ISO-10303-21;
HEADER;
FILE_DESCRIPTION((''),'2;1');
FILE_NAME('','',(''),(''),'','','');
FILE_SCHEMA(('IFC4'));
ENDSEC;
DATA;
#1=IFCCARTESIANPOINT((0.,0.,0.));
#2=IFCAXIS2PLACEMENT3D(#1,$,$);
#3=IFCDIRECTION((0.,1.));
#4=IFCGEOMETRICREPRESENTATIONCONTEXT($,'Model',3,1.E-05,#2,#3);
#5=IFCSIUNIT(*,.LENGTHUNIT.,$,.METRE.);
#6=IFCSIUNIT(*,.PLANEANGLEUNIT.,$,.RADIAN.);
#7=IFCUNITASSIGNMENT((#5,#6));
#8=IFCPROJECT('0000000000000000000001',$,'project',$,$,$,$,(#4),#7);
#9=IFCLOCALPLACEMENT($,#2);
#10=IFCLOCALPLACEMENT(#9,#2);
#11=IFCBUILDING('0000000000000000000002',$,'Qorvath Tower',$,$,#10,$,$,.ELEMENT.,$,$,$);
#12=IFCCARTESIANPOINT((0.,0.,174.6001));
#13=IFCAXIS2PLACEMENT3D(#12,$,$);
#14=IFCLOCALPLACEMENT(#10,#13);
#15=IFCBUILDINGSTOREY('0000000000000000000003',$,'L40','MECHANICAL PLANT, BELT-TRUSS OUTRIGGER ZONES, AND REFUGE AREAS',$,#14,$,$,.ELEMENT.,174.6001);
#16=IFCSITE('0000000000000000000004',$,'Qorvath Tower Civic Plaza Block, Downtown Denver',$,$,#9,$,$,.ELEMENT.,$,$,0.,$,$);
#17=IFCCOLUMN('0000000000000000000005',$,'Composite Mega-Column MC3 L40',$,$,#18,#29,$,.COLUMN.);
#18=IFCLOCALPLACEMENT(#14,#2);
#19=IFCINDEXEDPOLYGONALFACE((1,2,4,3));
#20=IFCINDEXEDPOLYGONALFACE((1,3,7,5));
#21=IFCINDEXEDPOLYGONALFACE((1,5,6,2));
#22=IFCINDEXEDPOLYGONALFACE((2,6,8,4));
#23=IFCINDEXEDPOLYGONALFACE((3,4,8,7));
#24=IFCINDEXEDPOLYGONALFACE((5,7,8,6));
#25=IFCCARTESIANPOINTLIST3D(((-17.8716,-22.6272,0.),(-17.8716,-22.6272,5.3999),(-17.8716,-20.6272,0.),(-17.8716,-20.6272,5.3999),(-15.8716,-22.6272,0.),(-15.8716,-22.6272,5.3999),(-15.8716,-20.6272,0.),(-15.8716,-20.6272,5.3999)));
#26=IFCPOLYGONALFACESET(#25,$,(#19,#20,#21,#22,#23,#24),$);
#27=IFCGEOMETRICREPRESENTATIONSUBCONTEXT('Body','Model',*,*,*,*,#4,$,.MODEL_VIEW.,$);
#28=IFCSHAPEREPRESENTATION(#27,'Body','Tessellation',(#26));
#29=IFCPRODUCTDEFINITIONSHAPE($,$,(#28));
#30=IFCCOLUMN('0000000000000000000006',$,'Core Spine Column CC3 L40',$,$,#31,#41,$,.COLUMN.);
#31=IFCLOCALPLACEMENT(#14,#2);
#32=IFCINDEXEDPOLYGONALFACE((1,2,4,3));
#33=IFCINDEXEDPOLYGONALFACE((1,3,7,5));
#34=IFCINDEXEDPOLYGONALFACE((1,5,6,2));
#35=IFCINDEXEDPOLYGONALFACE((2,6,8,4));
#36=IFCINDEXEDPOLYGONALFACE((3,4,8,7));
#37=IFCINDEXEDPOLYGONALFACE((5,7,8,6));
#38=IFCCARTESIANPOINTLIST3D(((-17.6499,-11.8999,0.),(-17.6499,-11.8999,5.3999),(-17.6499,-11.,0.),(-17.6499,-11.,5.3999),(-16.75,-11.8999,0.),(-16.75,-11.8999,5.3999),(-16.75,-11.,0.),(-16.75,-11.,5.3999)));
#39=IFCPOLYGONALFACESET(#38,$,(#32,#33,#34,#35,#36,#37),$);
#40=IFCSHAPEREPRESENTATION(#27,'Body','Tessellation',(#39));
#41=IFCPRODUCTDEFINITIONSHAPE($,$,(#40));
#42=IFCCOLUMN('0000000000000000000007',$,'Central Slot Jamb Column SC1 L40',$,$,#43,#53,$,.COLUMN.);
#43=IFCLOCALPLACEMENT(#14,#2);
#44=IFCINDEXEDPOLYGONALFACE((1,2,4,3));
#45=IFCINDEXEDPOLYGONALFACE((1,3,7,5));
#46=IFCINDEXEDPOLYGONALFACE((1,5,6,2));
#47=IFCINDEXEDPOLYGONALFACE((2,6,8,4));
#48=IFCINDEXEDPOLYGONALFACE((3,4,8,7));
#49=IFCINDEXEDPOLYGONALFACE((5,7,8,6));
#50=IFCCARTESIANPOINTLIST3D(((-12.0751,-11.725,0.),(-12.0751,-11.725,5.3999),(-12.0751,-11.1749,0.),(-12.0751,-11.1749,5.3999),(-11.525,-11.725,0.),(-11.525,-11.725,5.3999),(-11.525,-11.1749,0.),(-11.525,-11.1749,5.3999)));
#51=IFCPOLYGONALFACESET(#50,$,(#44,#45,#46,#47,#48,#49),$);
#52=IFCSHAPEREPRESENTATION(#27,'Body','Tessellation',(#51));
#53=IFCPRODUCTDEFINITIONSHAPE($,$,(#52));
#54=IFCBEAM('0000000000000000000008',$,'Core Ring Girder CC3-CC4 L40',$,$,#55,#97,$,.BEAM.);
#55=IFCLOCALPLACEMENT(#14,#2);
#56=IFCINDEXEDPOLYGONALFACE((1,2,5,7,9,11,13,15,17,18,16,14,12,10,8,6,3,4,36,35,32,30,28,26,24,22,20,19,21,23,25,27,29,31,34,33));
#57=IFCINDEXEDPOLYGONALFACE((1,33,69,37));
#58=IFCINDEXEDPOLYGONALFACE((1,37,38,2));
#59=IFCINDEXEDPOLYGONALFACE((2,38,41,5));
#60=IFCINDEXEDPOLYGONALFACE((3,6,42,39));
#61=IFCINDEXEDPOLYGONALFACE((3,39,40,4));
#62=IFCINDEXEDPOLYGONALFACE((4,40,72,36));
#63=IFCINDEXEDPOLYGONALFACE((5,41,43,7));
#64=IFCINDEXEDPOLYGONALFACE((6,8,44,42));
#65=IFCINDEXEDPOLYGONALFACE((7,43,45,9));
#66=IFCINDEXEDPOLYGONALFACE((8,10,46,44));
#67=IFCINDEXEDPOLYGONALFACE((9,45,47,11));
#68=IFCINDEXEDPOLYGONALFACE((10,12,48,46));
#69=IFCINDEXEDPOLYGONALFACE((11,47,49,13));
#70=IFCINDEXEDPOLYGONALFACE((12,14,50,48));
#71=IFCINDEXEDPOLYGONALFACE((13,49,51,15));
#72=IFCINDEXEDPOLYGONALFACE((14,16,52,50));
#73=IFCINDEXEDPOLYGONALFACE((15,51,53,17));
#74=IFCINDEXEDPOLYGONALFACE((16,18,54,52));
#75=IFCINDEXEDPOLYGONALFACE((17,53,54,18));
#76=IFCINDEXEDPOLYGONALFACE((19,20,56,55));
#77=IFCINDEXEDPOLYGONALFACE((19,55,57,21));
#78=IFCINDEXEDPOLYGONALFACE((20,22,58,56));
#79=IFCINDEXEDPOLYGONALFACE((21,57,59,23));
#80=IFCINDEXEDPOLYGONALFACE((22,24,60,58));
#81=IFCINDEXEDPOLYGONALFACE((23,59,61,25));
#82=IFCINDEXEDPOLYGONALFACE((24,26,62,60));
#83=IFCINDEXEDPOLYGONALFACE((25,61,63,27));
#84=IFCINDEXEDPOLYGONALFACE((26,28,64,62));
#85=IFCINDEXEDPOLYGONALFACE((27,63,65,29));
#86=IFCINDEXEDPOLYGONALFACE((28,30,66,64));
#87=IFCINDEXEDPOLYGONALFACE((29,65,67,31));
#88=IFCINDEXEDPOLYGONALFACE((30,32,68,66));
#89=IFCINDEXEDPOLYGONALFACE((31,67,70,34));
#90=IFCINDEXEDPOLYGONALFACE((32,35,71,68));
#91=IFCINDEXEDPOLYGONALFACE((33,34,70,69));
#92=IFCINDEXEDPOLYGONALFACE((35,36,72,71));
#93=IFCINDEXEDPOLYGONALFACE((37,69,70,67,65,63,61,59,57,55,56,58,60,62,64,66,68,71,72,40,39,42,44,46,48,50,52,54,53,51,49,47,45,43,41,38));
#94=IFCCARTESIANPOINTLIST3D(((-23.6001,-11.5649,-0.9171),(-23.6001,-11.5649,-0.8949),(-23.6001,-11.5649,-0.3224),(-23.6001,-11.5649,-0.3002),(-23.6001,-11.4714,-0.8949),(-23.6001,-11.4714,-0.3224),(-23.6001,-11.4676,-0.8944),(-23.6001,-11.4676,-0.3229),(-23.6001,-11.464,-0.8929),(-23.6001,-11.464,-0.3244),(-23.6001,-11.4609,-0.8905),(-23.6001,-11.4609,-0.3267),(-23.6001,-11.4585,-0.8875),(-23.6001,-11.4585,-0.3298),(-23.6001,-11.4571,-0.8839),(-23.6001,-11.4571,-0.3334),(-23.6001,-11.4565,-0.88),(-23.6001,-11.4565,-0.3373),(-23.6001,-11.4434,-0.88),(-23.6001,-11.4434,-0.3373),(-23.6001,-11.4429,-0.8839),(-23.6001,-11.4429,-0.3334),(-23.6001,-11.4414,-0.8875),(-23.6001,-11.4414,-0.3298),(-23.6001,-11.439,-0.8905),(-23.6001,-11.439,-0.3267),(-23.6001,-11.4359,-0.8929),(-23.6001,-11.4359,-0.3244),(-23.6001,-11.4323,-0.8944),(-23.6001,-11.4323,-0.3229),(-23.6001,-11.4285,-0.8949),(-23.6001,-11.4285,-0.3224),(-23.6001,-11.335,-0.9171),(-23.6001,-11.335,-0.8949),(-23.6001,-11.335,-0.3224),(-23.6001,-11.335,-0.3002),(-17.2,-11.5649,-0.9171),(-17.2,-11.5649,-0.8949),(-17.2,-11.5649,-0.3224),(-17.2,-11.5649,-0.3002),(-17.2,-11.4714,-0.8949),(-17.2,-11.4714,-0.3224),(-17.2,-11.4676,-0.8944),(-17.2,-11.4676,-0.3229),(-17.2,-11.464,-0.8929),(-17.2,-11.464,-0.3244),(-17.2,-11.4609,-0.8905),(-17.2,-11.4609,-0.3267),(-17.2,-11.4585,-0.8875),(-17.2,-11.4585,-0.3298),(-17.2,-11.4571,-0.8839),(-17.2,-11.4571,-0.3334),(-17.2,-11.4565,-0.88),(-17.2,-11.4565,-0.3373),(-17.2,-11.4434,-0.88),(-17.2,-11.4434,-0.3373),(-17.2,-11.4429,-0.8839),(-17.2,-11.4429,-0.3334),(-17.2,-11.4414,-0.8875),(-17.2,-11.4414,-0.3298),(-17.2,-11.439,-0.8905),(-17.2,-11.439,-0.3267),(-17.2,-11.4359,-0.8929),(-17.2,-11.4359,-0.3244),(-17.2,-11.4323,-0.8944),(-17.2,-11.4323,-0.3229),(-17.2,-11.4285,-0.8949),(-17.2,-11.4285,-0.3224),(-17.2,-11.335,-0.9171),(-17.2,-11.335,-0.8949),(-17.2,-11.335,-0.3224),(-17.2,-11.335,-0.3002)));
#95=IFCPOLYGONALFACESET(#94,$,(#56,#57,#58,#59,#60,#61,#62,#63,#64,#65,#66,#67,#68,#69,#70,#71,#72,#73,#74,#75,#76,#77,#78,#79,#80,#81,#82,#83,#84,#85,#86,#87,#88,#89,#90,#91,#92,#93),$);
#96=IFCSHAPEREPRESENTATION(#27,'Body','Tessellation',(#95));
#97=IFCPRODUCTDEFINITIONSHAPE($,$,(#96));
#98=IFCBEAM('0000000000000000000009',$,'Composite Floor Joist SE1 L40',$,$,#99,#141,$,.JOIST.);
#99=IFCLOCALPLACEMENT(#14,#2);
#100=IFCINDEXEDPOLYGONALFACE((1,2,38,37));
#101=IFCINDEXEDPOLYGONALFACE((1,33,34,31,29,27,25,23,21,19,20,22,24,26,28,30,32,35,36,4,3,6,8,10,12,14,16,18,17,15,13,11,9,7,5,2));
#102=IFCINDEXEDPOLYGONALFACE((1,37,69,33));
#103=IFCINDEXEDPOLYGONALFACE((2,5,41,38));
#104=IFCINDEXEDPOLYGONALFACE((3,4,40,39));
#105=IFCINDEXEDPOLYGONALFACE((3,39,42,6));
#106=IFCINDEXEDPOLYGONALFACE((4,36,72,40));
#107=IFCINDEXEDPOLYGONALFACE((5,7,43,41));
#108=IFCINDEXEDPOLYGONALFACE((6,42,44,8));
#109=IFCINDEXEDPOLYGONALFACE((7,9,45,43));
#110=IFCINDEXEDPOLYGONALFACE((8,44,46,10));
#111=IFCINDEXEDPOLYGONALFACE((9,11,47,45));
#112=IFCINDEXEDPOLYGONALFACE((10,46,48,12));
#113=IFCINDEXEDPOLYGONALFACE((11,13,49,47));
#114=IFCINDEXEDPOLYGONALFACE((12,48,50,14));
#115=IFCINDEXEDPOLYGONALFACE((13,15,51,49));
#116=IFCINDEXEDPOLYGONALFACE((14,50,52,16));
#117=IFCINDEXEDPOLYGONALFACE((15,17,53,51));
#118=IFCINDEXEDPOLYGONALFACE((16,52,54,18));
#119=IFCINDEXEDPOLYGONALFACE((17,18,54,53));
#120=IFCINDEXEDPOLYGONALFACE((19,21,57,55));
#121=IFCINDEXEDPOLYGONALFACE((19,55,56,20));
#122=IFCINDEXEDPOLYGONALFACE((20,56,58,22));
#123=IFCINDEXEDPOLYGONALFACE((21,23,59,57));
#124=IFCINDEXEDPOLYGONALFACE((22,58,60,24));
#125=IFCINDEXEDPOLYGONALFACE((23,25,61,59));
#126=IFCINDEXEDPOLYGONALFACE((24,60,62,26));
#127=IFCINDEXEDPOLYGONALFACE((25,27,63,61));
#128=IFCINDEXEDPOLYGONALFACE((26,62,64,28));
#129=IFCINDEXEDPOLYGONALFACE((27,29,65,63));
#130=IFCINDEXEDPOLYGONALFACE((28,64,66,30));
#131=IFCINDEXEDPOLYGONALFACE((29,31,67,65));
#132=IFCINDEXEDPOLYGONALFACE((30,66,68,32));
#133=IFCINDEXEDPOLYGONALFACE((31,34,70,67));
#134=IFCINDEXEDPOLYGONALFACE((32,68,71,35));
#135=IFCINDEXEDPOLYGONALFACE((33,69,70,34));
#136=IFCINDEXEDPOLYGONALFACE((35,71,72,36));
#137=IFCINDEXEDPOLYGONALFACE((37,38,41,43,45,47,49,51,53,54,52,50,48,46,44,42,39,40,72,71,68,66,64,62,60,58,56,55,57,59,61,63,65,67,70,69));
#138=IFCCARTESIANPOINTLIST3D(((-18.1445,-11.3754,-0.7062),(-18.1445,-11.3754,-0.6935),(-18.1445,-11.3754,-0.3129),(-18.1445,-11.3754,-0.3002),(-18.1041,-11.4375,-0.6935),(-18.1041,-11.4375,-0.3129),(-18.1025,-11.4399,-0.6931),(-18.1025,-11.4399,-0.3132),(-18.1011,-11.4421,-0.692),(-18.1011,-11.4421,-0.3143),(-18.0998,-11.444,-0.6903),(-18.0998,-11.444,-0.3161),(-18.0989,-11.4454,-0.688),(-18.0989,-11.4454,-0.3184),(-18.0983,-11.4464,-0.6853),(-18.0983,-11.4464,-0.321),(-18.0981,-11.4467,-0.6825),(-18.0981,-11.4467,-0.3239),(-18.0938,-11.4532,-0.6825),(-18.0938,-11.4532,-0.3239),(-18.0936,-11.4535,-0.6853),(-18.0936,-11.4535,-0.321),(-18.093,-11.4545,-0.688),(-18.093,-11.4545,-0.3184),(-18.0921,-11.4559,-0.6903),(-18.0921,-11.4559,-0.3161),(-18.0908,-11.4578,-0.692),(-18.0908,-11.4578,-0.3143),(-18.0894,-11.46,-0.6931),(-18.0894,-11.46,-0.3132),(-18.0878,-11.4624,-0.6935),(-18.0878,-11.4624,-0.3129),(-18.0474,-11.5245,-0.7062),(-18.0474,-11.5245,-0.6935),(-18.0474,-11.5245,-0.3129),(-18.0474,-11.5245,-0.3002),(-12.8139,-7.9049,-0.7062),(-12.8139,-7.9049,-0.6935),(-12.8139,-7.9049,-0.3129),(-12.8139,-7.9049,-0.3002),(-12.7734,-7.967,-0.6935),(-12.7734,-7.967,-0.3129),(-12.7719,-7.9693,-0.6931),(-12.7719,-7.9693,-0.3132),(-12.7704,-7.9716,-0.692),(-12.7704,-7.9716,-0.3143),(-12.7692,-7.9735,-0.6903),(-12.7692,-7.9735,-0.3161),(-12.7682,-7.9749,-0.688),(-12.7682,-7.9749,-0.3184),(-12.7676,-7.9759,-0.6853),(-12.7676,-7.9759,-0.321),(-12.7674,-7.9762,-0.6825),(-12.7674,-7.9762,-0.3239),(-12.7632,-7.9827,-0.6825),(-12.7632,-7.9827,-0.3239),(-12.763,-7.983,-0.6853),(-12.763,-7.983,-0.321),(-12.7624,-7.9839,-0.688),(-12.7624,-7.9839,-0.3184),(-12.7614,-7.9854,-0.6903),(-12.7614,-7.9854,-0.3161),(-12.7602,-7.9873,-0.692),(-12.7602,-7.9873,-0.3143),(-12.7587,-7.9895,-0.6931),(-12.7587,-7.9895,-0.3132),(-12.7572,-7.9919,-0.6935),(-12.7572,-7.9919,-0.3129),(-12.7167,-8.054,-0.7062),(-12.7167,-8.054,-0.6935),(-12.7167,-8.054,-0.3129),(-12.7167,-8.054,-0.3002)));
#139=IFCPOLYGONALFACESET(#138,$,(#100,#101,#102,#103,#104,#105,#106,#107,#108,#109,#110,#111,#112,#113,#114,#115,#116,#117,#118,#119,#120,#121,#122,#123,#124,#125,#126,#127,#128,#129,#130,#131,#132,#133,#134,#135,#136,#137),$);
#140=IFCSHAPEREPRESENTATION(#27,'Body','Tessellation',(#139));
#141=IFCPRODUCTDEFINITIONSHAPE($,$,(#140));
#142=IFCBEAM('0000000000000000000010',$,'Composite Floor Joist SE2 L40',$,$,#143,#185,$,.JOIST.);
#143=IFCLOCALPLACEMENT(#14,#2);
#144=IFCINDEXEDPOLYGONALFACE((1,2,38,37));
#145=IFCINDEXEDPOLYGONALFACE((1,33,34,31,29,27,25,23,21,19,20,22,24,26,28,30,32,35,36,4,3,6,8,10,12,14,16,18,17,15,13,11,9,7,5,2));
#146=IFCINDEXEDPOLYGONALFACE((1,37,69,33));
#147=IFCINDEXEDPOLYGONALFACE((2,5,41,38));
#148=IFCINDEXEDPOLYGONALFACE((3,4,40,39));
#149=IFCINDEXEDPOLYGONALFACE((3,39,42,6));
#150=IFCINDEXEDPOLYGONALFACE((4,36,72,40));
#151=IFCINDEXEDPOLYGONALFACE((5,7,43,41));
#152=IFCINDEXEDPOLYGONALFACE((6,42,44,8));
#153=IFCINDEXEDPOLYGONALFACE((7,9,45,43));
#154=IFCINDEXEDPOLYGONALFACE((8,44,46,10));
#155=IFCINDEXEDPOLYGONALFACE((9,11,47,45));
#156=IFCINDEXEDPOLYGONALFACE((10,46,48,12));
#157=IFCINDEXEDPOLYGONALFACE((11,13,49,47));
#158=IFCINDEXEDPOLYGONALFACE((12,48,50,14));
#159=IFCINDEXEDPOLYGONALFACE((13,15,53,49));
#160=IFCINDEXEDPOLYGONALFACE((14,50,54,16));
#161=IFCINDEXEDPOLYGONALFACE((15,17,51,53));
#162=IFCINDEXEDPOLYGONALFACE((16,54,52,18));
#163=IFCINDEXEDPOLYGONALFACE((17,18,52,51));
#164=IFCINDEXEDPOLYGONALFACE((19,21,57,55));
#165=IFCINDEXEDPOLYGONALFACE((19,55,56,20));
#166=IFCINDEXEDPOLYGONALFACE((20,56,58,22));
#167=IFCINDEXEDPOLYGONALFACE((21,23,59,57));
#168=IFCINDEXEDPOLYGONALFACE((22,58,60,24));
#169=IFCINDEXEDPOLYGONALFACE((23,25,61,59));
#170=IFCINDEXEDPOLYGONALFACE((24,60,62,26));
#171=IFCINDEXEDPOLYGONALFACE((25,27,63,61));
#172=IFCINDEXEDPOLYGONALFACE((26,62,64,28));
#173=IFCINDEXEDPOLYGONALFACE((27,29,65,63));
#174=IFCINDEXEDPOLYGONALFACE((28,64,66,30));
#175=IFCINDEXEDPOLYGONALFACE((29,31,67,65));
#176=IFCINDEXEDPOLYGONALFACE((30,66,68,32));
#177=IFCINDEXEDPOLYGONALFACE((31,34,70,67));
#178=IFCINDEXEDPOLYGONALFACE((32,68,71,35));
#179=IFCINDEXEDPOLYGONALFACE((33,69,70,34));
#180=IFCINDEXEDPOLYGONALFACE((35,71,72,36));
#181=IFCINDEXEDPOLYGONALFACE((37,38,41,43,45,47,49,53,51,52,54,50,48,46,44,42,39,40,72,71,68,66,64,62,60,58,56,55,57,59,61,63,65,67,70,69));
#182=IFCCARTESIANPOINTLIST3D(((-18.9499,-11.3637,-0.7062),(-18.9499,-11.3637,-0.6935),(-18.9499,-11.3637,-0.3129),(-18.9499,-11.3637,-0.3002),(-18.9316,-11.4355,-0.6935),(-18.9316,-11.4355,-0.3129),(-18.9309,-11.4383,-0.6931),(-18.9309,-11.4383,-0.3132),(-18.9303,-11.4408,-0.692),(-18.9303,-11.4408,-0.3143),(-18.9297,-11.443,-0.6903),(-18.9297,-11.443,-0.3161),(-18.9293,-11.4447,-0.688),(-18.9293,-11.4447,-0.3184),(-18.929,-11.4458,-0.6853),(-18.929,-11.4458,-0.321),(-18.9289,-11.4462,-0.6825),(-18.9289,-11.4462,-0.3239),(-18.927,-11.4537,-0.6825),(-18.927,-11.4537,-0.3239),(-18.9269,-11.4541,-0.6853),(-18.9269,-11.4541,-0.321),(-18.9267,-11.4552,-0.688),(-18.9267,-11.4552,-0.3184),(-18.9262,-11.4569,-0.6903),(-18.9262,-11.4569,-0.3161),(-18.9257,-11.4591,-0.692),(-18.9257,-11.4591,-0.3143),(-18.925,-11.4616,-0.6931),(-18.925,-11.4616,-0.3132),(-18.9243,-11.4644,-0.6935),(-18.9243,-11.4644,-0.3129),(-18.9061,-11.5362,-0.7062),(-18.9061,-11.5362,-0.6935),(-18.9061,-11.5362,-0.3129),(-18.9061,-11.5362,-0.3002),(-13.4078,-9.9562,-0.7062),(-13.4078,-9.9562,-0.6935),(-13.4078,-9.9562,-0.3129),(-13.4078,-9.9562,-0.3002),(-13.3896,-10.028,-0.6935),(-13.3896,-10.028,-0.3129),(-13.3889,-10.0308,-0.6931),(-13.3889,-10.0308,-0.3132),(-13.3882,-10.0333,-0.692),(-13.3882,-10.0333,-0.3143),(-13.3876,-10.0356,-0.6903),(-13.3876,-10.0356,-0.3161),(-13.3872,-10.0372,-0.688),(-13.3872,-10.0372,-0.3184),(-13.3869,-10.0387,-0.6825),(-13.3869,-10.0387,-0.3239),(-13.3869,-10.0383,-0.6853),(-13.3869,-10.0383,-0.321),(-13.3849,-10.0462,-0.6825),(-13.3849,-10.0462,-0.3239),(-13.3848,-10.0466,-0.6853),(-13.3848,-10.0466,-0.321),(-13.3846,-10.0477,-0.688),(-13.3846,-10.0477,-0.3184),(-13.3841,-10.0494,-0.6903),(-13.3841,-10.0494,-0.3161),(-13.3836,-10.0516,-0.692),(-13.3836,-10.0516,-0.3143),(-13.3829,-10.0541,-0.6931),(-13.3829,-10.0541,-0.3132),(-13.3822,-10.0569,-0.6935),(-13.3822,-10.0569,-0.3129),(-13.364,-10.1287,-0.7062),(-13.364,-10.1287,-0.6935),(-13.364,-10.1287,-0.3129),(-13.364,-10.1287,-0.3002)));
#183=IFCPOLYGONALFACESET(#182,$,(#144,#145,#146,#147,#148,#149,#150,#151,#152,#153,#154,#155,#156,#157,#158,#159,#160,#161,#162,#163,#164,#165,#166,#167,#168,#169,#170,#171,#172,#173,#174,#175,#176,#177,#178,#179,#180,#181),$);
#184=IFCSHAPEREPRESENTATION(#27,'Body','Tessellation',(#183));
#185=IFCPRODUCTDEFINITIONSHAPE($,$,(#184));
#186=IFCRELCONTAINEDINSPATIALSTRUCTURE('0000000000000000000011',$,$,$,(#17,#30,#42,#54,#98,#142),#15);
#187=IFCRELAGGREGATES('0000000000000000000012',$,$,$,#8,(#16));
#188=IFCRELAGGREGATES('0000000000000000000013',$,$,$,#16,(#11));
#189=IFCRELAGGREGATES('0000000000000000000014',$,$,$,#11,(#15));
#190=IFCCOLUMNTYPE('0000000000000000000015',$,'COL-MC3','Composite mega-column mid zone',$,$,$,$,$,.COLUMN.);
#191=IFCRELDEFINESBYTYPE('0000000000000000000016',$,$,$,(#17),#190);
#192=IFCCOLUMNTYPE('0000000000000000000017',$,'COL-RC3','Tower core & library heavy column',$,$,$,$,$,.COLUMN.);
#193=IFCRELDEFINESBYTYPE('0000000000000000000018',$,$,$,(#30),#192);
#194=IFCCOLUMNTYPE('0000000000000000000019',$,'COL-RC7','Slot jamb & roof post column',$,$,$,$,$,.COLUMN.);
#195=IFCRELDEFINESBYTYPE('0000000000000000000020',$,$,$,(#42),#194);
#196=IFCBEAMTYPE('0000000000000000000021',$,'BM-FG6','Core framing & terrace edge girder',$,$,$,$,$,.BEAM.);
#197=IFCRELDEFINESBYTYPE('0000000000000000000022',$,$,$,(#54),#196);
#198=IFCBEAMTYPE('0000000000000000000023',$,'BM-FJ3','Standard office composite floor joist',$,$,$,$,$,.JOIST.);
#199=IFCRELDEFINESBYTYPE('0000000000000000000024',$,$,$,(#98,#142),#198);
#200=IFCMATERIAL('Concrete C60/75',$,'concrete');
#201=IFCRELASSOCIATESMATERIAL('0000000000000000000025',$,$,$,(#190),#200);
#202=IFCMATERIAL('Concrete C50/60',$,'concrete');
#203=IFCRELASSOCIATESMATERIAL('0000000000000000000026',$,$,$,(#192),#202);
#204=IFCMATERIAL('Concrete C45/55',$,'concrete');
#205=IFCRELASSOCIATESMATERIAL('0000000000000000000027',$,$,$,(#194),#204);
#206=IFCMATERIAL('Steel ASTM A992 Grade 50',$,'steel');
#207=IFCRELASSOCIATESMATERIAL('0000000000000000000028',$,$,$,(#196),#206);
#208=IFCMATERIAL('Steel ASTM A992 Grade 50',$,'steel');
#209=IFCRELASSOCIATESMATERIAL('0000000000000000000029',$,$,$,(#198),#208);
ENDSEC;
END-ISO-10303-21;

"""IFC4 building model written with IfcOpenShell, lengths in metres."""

from ifc_helpers import new_model, si_unit, direction, frame, origin, origin_2d, place, context, subcontext, project, spatial, rectangle, i_section, extrude, material, material_profile, profile_set, type_object, element, save


model = new_model("IFC4")

# Units and contexts
model_context = context("Model", 3, precision=1e-05, world=origin(), true_north=direction((0.0, 1.0)))
body_context = subcontext(model_context, "Body", "Model", "MODEL_VIEW")
ifc_project = project(units=[si_unit("LENGTHUNIT", "METRE"), si_unit("PLANEANGLEUNIT", "RADIAN")], contexts=[model_context])

# Site, building, storey
site_placement = place(None, origin())
site = spatial("IfcSite", under=ifc_project, at=site_placement, Name="Qorvath Tower Civic Plaza Block, Downtown Denver", CompositionType="ELEMENT", RefElevation=0.0)
building_placement = place(site_placement, origin())
building = spatial("IfcBuilding", under=site, at=building_placement, Name="Qorvath Tower", CompositionType="ELEMENT")
storey_placement = place(building_placement, frame((0.0, 0.0, 174.6001)))
storey = spatial("IfcBuildingStorey", under=building, at=storey_placement, Name="L40", Description="MECHANICAL PLANT, BELT-TRUSS OUTRIGGER ZONES, AND REFUGE AREAS", CompositionType="ELEMENT", Elevation=174.6001)

# Columns
ifc_material_1 = material(Name="Concrete C60/75", Category="concrete")
ifc_material_profile_1 = material_profile(ifc_material_1, rectangle(XDim=2.0, YDim=2.0, at=origin_2d()), Name="MC 2000x2000")
ifc_profile_set_1 = profile_set([ifc_material_profile_1], Name="Concrete C60/75")
column_type_1 = type_object("IfcColumnType", Name="COL-MC3", Description="Composite mega-column mid zone", PredefinedType="COLUMN", material=ifc_profile_set_1)
column_1_placement = place(storey_placement, frame((-16.8716, -21.6272, 0.0), z_axis=(0.0, 0.0, 1.0), x_axis=(1.0, 0.0, 0.0)))
element("IfcColumn", 1, at=column_1_placement, inside=storey, type_object=column_type_1, Name="Composite Mega-Column MC3 L40", PredefinedType="COLUMN", context=body_context, shape_type="SweptSolid", body=[
    extrude(rectangle(XDim=2.0, YDim=2.0, at=origin_2d()), origin(), (0.0, 0.0, 1.0), 5.3999),
])
ifc_material_2 = material(Name="Concrete C50/60", Category="concrete")
ifc_material_profile_2 = material_profile(ifc_material_2, rectangle(XDim=0.8999, YDim=0.8999, at=origin_2d()), Name="RC 900x900")
ifc_profile_set_2 = profile_set([ifc_material_profile_2], Name="Concrete C50/60")
column_type_2 = type_object("IfcColumnType", Name="COL-RC3", Description="Tower core & library heavy column", PredefinedType="COLUMN", material=ifc_profile_set_2)
column_2_placement = place(storey_placement, frame((-17.2, -11.45, 0.0), z_axis=(0.0, 0.0, 1.0), x_axis=(1.0, 0.0, 0.0)))
element("IfcColumn", 2, at=column_2_placement, inside=storey, type_object=column_type_2, Name="Core Spine Column CC3 L40", PredefinedType="COLUMN", context=body_context, shape_type="SweptSolid", body=[
    extrude(rectangle(XDim=0.8999, YDim=0.8999, at=origin_2d()), origin(), (0.0, 0.0, 1.0), 5.3999),
])
ifc_material_3 = material(Name="Concrete C45/55", Category="concrete")
ifc_material_profile_3 = material_profile(ifc_material_3, rectangle(XDim=0.55, YDim=0.55, at=origin_2d()), Name="RC 550x550")
ifc_profile_set_3 = profile_set([ifc_material_profile_3], Name="Concrete C45/55")
column_type_3 = type_object("IfcColumnType", Name="COL-RC7", Description="Slot jamb & roof post column", PredefinedType="COLUMN", material=ifc_profile_set_3)
column_3_placement = place(storey_placement, frame((-11.8, -11.45, 0.0), z_axis=(0.0, 0.0, 1.0), x_axis=(1.0, 0.0, 0.0)))
element("IfcColumn", 3, at=column_3_placement, inside=storey, type_object=column_type_3, Name="Central Slot Jamb Column SC1 L40", PredefinedType="COLUMN", context=body_context, shape_type="SweptSolid", body=[
    extrude(rectangle(XDim=0.55, YDim=0.55, at=origin_2d()), origin(), (0.0, 0.0, 1.0), 5.3999),
])

# Beams
ifc_material_4 = material(Name="Steel ASTM A992 Grade 50", Category="steel")
ifc_material_profile_4 = material_profile(ifc_material_4, i_section(OverallWidth=0.23, OverallDepth=0.6169, WebThickness=0.0132, FlangeThickness=0.0222, FilletRadius=0.0149, at=origin_2d()), Name="W24x94")
ifc_profile_set_4 = profile_set([ifc_material_profile_4], Name="Steel ASTM A992 Grade 50")
beam_type_1 = type_object("IfcBeamType", Name="BM-FG6", Description="Core framing & terrace edge girder", PredefinedType="BEAM", material=ifc_profile_set_4)
beam_1_placement = place(storey_placement, frame((-17.2, -11.45, -0.6086), z_axis=(-1.0, 0.0, 0.0), x_axis=(0.0, -1.0, 0.0)))
element("IfcBeam", 4, at=beam_1_placement, inside=storey, type_object=beam_type_1, Name="Core Ring Girder CC3-CC4 L40", PredefinedType="BEAM", context=body_context, shape_type="SweptSolid", body=[
    extrude(i_section(OverallWidth=0.23, OverallDepth=0.6169, WebThickness=0.0132, FlangeThickness=0.0222, FilletRadius=0.0149, at=origin_2d()), origin(), (0.0, 0.0, 1.0), 6.4001),
])
ifc_material_5 = material(Name="Steel ASTM A992 Grade 50", Category="steel")
ifc_material_profile_5 = material_profile(ifc_material_5, i_section(OverallWidth=0.178, OverallDepth=0.406, WebThickness=0.0078, FlangeThickness=0.0127, FilletRadius=0.011, at=origin_2d()), Name="W16x40")
ifc_profile_set_5 = profile_set([ifc_material_profile_5], Name="Steel ASTM A992 Grade 50")
beam_type_2 = type_object("IfcBeamType", Name="BM-FJ3", Description="Standard office composite floor joist", PredefinedType="JOIST", material=ifc_profile_set_5)
beam_2_placement = place(storey_placement, frame((-18.0959, -11.45, -0.5032), z_axis=(0.838042, 0.545606, 0.0), x_axis=(-0.545606, 0.838042, 0.0)))
element("IfcBeam", 5, at=beam_2_placement, inside=storey, type_object=beam_type_2, Name="Composite Floor Joist SE1 L40", PredefinedType="JOIST", context=body_context, shape_type="SweptSolid", body=[
    extrude(i_section(OverallWidth=0.178, OverallDepth=0.406, WebThickness=0.0078, FlangeThickness=0.0127, FilletRadius=0.011, at=origin_2d()), origin(), (0.0, 0.0, 1.0), 6.3608),
])
beam_3_placement = place(storey_placement, frame((-18.928, -11.45, -0.5032), z_axis=(0.969232, 0.246151, 0.0), x_axis=(-0.246151, 0.969232, 0.0)))
element("IfcBeam", 6, at=beam_3_placement, inside=storey, type_object=beam_type_2, Name="Composite Floor Joist SE2 L40", PredefinedType="JOIST", context=body_context, shape_type="SweptSolid", body=[
    extrude(i_section(OverallWidth=0.178, OverallDepth=0.406, WebThickness=0.0078, FlangeThickness=0.0127, FilletRadius=0.011, at=origin_2d()), origin(), (0.0, 0.0, 1.0), 5.718),
])

save(model, "model.ifc")
